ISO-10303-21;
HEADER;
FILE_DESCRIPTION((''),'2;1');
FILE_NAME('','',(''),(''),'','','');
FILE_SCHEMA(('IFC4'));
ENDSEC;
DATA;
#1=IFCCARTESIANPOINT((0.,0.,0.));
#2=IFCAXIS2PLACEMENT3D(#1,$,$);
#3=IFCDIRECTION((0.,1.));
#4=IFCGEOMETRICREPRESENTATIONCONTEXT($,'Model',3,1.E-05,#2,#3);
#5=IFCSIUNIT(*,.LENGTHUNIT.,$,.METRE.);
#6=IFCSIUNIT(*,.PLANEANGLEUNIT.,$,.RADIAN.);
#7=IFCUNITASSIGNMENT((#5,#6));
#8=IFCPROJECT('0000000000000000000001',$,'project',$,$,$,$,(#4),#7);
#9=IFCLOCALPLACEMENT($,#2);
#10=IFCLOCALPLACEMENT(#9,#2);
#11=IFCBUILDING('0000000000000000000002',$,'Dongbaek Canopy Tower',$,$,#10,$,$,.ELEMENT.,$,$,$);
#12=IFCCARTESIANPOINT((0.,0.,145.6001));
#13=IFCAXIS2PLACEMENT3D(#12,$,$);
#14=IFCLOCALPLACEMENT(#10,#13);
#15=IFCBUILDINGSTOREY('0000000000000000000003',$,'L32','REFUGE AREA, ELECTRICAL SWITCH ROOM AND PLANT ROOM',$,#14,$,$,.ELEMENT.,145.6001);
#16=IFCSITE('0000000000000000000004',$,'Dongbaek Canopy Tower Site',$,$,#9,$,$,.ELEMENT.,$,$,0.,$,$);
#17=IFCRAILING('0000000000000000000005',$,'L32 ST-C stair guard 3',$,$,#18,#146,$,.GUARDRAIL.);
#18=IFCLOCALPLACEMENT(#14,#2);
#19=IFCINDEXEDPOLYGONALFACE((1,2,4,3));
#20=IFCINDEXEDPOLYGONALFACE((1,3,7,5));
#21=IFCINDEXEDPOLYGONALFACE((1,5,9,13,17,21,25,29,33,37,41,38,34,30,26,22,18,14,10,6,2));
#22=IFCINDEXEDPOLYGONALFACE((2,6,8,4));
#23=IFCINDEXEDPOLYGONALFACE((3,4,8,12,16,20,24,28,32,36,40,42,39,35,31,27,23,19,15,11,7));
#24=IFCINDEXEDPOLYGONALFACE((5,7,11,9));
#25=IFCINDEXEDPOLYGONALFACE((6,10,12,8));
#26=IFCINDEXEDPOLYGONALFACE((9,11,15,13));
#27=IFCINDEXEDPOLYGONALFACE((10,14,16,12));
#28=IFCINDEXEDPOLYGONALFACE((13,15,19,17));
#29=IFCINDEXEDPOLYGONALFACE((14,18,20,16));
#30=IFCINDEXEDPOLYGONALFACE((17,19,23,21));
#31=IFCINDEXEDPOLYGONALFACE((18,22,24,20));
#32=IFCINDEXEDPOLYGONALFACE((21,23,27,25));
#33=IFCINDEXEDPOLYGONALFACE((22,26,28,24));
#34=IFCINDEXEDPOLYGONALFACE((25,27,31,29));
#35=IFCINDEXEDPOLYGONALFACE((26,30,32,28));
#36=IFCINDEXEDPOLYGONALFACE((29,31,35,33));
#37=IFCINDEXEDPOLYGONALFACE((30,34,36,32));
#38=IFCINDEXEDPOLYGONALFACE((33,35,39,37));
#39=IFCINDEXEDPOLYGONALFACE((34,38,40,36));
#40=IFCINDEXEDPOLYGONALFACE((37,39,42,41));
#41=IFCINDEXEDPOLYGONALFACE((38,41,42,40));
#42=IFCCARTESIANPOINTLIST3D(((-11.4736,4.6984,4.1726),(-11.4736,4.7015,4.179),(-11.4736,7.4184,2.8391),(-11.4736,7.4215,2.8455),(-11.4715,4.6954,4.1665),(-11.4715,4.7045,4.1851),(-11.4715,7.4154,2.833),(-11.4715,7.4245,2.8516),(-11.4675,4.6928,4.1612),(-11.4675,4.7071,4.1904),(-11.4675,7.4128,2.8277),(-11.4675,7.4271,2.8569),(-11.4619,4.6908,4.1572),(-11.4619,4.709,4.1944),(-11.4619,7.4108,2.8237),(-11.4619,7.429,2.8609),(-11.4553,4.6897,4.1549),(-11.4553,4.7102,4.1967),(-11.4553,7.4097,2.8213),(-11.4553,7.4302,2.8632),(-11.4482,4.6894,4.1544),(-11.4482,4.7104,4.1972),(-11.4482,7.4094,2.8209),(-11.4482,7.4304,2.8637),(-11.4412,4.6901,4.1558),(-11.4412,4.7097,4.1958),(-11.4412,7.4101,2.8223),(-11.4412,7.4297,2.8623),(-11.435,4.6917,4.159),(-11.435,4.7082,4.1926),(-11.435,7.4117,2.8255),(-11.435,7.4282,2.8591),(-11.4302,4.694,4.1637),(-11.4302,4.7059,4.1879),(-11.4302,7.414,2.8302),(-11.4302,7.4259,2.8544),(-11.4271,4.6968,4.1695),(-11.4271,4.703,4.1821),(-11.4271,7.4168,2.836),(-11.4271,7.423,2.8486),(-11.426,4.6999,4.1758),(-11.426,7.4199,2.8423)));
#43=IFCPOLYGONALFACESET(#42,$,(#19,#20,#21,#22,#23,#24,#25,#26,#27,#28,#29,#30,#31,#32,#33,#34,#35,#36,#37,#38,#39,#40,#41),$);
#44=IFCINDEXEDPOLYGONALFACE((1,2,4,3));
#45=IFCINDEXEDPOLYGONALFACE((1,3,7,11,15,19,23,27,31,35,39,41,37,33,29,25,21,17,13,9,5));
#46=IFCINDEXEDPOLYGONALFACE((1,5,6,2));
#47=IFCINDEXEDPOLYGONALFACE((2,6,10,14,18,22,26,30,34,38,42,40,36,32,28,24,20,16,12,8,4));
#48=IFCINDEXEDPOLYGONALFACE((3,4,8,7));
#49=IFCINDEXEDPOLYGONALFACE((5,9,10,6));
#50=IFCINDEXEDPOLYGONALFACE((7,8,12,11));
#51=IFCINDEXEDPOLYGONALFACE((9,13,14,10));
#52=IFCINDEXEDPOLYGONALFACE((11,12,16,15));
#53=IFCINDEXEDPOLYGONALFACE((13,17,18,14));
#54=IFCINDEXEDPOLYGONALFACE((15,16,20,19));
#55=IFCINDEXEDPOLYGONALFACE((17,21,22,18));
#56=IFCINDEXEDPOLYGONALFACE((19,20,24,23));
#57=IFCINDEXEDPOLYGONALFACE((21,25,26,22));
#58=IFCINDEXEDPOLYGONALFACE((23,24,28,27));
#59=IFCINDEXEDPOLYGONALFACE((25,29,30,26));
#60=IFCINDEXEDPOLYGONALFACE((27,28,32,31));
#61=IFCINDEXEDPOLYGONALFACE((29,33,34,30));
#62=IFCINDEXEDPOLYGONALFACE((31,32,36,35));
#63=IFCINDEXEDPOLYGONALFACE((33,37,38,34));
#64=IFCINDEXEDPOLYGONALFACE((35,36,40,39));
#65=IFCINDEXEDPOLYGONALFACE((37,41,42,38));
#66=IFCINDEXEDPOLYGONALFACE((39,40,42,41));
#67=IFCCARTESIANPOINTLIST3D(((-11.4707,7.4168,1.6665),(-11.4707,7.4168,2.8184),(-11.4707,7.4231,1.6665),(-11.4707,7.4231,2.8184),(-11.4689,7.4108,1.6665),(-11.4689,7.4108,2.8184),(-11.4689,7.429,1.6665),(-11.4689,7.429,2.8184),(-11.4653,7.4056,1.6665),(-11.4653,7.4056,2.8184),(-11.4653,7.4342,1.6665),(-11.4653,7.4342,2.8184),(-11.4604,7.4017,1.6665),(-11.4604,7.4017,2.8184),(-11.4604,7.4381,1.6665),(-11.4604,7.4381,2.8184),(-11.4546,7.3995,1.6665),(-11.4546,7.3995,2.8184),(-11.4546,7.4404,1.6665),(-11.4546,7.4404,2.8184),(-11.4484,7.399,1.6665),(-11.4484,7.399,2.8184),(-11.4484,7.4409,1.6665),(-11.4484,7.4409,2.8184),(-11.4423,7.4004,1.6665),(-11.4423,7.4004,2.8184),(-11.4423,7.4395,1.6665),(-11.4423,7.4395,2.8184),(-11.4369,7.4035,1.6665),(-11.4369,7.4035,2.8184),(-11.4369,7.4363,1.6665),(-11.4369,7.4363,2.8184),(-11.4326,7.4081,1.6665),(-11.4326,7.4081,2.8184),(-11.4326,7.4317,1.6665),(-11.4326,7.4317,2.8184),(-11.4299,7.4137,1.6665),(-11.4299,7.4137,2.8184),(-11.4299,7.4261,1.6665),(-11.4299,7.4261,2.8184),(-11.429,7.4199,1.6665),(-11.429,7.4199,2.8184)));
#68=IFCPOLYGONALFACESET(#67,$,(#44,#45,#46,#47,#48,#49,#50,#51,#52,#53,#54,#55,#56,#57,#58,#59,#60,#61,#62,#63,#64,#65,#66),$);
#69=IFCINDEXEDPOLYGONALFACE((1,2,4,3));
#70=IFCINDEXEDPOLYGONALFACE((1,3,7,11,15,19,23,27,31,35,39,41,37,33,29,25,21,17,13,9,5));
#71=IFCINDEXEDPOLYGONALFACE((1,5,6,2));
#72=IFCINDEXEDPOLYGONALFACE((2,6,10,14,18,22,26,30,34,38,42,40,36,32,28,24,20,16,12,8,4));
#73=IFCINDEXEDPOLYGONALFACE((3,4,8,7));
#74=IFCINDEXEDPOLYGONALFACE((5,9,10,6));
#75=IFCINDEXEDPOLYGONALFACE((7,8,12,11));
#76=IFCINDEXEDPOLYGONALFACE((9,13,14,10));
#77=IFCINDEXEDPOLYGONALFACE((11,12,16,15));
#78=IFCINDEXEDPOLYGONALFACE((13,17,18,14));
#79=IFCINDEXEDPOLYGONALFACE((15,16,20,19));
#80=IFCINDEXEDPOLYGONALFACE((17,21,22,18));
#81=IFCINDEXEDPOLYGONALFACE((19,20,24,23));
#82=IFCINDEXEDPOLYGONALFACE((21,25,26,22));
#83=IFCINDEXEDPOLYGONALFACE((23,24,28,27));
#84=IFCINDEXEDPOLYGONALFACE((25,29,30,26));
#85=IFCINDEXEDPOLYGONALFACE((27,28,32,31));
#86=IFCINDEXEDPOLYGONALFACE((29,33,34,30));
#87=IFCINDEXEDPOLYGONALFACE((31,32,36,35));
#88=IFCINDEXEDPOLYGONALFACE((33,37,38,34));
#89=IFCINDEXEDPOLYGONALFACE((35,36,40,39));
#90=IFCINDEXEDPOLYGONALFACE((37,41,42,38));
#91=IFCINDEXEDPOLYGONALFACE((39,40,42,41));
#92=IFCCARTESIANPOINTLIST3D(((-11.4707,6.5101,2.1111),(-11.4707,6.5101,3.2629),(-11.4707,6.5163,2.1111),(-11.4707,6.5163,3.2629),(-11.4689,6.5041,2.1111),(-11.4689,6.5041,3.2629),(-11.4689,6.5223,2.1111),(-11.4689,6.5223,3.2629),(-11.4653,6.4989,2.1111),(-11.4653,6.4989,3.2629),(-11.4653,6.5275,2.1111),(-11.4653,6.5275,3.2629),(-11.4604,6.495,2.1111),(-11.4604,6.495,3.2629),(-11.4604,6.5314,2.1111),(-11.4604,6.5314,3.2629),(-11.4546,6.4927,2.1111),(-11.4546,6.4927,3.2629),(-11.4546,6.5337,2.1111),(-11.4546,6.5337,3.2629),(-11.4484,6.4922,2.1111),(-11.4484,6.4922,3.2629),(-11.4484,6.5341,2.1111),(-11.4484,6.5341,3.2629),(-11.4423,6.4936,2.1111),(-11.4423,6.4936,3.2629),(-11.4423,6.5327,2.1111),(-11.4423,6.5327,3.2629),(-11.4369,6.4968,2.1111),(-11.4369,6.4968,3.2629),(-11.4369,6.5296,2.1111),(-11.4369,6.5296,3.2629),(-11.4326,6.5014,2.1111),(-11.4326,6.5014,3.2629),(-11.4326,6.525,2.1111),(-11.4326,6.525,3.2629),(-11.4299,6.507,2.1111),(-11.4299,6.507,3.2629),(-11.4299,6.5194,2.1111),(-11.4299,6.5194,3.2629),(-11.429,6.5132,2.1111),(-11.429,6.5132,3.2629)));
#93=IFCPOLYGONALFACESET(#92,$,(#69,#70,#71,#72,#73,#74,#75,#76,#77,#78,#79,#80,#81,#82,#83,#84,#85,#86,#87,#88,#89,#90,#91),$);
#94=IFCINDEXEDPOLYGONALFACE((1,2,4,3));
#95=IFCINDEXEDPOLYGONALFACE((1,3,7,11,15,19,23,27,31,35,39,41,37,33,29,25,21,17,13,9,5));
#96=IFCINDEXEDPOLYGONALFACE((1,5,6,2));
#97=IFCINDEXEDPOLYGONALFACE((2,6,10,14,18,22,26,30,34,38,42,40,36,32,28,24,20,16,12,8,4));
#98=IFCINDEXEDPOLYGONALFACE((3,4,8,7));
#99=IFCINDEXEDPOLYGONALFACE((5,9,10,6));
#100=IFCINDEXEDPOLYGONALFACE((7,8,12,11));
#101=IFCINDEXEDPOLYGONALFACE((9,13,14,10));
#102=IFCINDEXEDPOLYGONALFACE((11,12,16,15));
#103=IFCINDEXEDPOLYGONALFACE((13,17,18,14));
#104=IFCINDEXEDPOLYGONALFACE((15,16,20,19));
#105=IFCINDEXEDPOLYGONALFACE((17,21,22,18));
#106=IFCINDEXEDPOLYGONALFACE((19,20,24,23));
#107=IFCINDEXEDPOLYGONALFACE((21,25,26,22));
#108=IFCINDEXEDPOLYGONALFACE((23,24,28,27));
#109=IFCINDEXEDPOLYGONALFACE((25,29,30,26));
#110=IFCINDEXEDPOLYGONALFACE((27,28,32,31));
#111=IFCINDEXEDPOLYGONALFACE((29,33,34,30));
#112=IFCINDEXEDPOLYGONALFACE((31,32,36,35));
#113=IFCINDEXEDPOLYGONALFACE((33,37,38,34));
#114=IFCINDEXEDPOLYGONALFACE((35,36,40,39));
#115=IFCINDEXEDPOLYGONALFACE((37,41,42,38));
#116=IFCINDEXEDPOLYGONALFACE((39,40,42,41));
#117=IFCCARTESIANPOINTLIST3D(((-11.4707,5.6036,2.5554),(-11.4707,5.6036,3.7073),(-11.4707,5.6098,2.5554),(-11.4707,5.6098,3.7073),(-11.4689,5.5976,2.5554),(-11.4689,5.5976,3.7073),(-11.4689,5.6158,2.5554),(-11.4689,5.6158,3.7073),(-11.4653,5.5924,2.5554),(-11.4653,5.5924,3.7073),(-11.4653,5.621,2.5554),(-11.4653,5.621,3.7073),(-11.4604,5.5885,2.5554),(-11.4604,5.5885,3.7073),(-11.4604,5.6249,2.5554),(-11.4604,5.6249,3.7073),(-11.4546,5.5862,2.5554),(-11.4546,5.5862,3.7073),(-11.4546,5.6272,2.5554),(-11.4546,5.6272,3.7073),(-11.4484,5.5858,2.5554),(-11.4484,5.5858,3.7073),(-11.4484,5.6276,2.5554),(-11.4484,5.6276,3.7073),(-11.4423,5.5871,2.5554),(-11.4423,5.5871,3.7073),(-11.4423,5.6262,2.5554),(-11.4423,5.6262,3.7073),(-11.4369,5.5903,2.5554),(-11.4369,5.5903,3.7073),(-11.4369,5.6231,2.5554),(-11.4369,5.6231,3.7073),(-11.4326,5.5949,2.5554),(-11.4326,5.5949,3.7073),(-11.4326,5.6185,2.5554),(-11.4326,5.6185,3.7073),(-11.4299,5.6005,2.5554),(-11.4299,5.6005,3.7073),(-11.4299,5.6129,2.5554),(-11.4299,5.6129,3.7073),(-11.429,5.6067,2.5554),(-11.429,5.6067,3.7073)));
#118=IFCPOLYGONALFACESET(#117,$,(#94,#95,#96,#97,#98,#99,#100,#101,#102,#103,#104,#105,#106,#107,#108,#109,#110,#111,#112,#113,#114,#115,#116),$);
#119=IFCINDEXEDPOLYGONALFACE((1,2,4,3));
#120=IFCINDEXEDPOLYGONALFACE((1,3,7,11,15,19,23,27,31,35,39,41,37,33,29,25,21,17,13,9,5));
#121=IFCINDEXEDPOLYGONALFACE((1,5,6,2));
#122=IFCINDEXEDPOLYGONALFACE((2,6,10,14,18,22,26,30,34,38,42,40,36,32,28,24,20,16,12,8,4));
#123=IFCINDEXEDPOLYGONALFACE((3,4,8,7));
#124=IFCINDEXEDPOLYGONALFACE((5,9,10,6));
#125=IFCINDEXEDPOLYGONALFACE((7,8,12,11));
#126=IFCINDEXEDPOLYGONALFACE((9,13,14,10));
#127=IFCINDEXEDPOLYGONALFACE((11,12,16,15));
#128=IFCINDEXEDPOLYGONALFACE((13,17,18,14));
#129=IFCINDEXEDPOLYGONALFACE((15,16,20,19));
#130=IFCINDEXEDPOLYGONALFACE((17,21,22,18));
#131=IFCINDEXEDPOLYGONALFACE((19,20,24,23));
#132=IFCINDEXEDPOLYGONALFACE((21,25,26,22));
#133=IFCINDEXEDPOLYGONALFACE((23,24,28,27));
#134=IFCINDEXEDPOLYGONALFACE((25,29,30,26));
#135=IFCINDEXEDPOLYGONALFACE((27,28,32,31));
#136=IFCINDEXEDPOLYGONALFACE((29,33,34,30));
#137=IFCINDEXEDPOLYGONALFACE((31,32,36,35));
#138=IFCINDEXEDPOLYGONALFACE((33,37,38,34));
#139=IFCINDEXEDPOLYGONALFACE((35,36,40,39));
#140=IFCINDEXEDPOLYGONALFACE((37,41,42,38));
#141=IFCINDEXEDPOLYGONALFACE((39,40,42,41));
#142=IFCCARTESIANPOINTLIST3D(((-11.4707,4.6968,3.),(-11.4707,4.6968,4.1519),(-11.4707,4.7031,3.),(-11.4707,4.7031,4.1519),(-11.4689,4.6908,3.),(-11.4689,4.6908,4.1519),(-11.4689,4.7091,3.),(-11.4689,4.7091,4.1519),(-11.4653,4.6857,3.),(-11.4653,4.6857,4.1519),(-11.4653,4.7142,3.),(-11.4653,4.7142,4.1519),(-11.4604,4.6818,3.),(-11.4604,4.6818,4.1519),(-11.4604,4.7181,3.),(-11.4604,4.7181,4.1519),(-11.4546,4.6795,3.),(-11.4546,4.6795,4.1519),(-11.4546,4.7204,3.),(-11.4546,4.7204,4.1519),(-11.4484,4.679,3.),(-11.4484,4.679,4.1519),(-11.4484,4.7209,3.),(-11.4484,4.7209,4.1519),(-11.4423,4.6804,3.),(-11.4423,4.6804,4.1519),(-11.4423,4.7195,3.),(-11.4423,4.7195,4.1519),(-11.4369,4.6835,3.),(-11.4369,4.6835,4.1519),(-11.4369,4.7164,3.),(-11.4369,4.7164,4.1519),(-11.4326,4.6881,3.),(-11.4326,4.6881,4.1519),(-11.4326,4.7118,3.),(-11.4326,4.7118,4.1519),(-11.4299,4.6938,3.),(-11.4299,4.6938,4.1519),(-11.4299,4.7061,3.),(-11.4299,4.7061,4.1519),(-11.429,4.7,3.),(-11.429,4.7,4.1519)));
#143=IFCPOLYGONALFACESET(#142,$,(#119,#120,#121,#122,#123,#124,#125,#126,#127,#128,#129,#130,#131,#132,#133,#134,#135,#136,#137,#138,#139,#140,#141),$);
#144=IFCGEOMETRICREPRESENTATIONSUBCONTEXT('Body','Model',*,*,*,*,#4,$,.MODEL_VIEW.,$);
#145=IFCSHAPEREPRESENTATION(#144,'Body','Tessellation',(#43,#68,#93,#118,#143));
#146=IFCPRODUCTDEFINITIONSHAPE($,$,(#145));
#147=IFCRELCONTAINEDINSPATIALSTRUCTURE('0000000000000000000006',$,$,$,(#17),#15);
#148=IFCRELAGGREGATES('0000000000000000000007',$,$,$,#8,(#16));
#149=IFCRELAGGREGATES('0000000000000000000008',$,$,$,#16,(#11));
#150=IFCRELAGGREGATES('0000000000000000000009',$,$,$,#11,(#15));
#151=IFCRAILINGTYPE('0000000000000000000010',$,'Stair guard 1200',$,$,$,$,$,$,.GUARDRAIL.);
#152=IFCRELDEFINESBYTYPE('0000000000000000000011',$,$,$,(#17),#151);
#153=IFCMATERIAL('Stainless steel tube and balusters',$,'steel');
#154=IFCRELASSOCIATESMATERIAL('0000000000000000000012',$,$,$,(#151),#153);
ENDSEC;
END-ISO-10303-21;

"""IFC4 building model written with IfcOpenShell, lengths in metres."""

from ifc_helpers import new_model, si_unit, direction, frame, origin, origin_2d, place, context, subcontext, project, spatial, circle, extrude, material, type_object, element, save


model = new_model("IFC4")

# Units and contexts
model_context = context("Model", 3, precision=1e-05, world=origin(), true_north=direction((0.0, 1.0)))
body_context = subcontext(model_context, "Body", "Model", "MODEL_VIEW")
ifc_project = project(units=[si_unit("LENGTHUNIT", "METRE"), si_unit("PLANEANGLEUNIT", "RADIAN")], contexts=[model_context])

# Site, building, storey
site_placement = place(None, origin())
site = spatial("IfcSite", under=ifc_project, at=site_placement, Name="Dongbaek Canopy Tower Site", CompositionType="ELEMENT", RefElevation=0.0)
building_placement = place(site_placement, origin())
building = spatial("IfcBuilding", under=site, at=building_placement, Name="Dongbaek Canopy Tower", CompositionType="ELEMENT")
storey_placement = place(building_placement, frame((0.0, 0.0, 145.6001)))
storey = spatial("IfcBuildingStorey", under=building, at=storey_placement, Name="L32", Description="REFUGE AREA, ELECTRICAL SWITCH ROOM AND PLANT ROOM", CompositionType="ELEMENT", Elevation=145.6001)

# Railing
ifc_material_1 = material(Name="Stainless steel tube and balusters", Category="steel")
railing_type_1 = type_object("IfcRailingType", Name="Stair guard 1200", PredefinedType="GUARDRAIL", material=ifc_material_1)
railing_1_placement = place(storey_placement, frame((-11.45, 7.4199, 1.6665)))
element("IfcRailing", 1, at=railing_1_placement, inside=storey, type_object=railing_type_1, Name="L32 ST-C stair guard 3", PredefinedType="GUARDRAIL", context=body_context, shape_type="SweptSolid", body=[
    extrude(circle(Radius=0.0239, at=origin_2d()), frame((0.0, 0.0, 1.1758), z_axis=(0.0, -0.897898, 0.440204), x_axis=(1.0, 0.0, 0.0)), (0.0, 0.0, 1.0), 3.0293),
    extrude(circle(Radius=0.021, at=origin_2d()), origin(), (0.0, 0.0, 1.0), 1.1519),
    extrude(circle(Radius=0.021, at=origin_2d()), frame((0.0, -0.9067, 0.4446)), (0.0, 0.0, 1.0), 1.1519),
    extrude(circle(Radius=0.021, at=origin_2d()), frame((0.0, -1.8132, 0.8889)), (0.0, 0.0, 1.0), 1.1519),
    extrude(circle(Radius=0.021, at=origin_2d()), frame((0.0, -2.72, 1.3335)), (0.0, 0.0, 1.0), 1.1519),
])

save(model, "model.ifc")
